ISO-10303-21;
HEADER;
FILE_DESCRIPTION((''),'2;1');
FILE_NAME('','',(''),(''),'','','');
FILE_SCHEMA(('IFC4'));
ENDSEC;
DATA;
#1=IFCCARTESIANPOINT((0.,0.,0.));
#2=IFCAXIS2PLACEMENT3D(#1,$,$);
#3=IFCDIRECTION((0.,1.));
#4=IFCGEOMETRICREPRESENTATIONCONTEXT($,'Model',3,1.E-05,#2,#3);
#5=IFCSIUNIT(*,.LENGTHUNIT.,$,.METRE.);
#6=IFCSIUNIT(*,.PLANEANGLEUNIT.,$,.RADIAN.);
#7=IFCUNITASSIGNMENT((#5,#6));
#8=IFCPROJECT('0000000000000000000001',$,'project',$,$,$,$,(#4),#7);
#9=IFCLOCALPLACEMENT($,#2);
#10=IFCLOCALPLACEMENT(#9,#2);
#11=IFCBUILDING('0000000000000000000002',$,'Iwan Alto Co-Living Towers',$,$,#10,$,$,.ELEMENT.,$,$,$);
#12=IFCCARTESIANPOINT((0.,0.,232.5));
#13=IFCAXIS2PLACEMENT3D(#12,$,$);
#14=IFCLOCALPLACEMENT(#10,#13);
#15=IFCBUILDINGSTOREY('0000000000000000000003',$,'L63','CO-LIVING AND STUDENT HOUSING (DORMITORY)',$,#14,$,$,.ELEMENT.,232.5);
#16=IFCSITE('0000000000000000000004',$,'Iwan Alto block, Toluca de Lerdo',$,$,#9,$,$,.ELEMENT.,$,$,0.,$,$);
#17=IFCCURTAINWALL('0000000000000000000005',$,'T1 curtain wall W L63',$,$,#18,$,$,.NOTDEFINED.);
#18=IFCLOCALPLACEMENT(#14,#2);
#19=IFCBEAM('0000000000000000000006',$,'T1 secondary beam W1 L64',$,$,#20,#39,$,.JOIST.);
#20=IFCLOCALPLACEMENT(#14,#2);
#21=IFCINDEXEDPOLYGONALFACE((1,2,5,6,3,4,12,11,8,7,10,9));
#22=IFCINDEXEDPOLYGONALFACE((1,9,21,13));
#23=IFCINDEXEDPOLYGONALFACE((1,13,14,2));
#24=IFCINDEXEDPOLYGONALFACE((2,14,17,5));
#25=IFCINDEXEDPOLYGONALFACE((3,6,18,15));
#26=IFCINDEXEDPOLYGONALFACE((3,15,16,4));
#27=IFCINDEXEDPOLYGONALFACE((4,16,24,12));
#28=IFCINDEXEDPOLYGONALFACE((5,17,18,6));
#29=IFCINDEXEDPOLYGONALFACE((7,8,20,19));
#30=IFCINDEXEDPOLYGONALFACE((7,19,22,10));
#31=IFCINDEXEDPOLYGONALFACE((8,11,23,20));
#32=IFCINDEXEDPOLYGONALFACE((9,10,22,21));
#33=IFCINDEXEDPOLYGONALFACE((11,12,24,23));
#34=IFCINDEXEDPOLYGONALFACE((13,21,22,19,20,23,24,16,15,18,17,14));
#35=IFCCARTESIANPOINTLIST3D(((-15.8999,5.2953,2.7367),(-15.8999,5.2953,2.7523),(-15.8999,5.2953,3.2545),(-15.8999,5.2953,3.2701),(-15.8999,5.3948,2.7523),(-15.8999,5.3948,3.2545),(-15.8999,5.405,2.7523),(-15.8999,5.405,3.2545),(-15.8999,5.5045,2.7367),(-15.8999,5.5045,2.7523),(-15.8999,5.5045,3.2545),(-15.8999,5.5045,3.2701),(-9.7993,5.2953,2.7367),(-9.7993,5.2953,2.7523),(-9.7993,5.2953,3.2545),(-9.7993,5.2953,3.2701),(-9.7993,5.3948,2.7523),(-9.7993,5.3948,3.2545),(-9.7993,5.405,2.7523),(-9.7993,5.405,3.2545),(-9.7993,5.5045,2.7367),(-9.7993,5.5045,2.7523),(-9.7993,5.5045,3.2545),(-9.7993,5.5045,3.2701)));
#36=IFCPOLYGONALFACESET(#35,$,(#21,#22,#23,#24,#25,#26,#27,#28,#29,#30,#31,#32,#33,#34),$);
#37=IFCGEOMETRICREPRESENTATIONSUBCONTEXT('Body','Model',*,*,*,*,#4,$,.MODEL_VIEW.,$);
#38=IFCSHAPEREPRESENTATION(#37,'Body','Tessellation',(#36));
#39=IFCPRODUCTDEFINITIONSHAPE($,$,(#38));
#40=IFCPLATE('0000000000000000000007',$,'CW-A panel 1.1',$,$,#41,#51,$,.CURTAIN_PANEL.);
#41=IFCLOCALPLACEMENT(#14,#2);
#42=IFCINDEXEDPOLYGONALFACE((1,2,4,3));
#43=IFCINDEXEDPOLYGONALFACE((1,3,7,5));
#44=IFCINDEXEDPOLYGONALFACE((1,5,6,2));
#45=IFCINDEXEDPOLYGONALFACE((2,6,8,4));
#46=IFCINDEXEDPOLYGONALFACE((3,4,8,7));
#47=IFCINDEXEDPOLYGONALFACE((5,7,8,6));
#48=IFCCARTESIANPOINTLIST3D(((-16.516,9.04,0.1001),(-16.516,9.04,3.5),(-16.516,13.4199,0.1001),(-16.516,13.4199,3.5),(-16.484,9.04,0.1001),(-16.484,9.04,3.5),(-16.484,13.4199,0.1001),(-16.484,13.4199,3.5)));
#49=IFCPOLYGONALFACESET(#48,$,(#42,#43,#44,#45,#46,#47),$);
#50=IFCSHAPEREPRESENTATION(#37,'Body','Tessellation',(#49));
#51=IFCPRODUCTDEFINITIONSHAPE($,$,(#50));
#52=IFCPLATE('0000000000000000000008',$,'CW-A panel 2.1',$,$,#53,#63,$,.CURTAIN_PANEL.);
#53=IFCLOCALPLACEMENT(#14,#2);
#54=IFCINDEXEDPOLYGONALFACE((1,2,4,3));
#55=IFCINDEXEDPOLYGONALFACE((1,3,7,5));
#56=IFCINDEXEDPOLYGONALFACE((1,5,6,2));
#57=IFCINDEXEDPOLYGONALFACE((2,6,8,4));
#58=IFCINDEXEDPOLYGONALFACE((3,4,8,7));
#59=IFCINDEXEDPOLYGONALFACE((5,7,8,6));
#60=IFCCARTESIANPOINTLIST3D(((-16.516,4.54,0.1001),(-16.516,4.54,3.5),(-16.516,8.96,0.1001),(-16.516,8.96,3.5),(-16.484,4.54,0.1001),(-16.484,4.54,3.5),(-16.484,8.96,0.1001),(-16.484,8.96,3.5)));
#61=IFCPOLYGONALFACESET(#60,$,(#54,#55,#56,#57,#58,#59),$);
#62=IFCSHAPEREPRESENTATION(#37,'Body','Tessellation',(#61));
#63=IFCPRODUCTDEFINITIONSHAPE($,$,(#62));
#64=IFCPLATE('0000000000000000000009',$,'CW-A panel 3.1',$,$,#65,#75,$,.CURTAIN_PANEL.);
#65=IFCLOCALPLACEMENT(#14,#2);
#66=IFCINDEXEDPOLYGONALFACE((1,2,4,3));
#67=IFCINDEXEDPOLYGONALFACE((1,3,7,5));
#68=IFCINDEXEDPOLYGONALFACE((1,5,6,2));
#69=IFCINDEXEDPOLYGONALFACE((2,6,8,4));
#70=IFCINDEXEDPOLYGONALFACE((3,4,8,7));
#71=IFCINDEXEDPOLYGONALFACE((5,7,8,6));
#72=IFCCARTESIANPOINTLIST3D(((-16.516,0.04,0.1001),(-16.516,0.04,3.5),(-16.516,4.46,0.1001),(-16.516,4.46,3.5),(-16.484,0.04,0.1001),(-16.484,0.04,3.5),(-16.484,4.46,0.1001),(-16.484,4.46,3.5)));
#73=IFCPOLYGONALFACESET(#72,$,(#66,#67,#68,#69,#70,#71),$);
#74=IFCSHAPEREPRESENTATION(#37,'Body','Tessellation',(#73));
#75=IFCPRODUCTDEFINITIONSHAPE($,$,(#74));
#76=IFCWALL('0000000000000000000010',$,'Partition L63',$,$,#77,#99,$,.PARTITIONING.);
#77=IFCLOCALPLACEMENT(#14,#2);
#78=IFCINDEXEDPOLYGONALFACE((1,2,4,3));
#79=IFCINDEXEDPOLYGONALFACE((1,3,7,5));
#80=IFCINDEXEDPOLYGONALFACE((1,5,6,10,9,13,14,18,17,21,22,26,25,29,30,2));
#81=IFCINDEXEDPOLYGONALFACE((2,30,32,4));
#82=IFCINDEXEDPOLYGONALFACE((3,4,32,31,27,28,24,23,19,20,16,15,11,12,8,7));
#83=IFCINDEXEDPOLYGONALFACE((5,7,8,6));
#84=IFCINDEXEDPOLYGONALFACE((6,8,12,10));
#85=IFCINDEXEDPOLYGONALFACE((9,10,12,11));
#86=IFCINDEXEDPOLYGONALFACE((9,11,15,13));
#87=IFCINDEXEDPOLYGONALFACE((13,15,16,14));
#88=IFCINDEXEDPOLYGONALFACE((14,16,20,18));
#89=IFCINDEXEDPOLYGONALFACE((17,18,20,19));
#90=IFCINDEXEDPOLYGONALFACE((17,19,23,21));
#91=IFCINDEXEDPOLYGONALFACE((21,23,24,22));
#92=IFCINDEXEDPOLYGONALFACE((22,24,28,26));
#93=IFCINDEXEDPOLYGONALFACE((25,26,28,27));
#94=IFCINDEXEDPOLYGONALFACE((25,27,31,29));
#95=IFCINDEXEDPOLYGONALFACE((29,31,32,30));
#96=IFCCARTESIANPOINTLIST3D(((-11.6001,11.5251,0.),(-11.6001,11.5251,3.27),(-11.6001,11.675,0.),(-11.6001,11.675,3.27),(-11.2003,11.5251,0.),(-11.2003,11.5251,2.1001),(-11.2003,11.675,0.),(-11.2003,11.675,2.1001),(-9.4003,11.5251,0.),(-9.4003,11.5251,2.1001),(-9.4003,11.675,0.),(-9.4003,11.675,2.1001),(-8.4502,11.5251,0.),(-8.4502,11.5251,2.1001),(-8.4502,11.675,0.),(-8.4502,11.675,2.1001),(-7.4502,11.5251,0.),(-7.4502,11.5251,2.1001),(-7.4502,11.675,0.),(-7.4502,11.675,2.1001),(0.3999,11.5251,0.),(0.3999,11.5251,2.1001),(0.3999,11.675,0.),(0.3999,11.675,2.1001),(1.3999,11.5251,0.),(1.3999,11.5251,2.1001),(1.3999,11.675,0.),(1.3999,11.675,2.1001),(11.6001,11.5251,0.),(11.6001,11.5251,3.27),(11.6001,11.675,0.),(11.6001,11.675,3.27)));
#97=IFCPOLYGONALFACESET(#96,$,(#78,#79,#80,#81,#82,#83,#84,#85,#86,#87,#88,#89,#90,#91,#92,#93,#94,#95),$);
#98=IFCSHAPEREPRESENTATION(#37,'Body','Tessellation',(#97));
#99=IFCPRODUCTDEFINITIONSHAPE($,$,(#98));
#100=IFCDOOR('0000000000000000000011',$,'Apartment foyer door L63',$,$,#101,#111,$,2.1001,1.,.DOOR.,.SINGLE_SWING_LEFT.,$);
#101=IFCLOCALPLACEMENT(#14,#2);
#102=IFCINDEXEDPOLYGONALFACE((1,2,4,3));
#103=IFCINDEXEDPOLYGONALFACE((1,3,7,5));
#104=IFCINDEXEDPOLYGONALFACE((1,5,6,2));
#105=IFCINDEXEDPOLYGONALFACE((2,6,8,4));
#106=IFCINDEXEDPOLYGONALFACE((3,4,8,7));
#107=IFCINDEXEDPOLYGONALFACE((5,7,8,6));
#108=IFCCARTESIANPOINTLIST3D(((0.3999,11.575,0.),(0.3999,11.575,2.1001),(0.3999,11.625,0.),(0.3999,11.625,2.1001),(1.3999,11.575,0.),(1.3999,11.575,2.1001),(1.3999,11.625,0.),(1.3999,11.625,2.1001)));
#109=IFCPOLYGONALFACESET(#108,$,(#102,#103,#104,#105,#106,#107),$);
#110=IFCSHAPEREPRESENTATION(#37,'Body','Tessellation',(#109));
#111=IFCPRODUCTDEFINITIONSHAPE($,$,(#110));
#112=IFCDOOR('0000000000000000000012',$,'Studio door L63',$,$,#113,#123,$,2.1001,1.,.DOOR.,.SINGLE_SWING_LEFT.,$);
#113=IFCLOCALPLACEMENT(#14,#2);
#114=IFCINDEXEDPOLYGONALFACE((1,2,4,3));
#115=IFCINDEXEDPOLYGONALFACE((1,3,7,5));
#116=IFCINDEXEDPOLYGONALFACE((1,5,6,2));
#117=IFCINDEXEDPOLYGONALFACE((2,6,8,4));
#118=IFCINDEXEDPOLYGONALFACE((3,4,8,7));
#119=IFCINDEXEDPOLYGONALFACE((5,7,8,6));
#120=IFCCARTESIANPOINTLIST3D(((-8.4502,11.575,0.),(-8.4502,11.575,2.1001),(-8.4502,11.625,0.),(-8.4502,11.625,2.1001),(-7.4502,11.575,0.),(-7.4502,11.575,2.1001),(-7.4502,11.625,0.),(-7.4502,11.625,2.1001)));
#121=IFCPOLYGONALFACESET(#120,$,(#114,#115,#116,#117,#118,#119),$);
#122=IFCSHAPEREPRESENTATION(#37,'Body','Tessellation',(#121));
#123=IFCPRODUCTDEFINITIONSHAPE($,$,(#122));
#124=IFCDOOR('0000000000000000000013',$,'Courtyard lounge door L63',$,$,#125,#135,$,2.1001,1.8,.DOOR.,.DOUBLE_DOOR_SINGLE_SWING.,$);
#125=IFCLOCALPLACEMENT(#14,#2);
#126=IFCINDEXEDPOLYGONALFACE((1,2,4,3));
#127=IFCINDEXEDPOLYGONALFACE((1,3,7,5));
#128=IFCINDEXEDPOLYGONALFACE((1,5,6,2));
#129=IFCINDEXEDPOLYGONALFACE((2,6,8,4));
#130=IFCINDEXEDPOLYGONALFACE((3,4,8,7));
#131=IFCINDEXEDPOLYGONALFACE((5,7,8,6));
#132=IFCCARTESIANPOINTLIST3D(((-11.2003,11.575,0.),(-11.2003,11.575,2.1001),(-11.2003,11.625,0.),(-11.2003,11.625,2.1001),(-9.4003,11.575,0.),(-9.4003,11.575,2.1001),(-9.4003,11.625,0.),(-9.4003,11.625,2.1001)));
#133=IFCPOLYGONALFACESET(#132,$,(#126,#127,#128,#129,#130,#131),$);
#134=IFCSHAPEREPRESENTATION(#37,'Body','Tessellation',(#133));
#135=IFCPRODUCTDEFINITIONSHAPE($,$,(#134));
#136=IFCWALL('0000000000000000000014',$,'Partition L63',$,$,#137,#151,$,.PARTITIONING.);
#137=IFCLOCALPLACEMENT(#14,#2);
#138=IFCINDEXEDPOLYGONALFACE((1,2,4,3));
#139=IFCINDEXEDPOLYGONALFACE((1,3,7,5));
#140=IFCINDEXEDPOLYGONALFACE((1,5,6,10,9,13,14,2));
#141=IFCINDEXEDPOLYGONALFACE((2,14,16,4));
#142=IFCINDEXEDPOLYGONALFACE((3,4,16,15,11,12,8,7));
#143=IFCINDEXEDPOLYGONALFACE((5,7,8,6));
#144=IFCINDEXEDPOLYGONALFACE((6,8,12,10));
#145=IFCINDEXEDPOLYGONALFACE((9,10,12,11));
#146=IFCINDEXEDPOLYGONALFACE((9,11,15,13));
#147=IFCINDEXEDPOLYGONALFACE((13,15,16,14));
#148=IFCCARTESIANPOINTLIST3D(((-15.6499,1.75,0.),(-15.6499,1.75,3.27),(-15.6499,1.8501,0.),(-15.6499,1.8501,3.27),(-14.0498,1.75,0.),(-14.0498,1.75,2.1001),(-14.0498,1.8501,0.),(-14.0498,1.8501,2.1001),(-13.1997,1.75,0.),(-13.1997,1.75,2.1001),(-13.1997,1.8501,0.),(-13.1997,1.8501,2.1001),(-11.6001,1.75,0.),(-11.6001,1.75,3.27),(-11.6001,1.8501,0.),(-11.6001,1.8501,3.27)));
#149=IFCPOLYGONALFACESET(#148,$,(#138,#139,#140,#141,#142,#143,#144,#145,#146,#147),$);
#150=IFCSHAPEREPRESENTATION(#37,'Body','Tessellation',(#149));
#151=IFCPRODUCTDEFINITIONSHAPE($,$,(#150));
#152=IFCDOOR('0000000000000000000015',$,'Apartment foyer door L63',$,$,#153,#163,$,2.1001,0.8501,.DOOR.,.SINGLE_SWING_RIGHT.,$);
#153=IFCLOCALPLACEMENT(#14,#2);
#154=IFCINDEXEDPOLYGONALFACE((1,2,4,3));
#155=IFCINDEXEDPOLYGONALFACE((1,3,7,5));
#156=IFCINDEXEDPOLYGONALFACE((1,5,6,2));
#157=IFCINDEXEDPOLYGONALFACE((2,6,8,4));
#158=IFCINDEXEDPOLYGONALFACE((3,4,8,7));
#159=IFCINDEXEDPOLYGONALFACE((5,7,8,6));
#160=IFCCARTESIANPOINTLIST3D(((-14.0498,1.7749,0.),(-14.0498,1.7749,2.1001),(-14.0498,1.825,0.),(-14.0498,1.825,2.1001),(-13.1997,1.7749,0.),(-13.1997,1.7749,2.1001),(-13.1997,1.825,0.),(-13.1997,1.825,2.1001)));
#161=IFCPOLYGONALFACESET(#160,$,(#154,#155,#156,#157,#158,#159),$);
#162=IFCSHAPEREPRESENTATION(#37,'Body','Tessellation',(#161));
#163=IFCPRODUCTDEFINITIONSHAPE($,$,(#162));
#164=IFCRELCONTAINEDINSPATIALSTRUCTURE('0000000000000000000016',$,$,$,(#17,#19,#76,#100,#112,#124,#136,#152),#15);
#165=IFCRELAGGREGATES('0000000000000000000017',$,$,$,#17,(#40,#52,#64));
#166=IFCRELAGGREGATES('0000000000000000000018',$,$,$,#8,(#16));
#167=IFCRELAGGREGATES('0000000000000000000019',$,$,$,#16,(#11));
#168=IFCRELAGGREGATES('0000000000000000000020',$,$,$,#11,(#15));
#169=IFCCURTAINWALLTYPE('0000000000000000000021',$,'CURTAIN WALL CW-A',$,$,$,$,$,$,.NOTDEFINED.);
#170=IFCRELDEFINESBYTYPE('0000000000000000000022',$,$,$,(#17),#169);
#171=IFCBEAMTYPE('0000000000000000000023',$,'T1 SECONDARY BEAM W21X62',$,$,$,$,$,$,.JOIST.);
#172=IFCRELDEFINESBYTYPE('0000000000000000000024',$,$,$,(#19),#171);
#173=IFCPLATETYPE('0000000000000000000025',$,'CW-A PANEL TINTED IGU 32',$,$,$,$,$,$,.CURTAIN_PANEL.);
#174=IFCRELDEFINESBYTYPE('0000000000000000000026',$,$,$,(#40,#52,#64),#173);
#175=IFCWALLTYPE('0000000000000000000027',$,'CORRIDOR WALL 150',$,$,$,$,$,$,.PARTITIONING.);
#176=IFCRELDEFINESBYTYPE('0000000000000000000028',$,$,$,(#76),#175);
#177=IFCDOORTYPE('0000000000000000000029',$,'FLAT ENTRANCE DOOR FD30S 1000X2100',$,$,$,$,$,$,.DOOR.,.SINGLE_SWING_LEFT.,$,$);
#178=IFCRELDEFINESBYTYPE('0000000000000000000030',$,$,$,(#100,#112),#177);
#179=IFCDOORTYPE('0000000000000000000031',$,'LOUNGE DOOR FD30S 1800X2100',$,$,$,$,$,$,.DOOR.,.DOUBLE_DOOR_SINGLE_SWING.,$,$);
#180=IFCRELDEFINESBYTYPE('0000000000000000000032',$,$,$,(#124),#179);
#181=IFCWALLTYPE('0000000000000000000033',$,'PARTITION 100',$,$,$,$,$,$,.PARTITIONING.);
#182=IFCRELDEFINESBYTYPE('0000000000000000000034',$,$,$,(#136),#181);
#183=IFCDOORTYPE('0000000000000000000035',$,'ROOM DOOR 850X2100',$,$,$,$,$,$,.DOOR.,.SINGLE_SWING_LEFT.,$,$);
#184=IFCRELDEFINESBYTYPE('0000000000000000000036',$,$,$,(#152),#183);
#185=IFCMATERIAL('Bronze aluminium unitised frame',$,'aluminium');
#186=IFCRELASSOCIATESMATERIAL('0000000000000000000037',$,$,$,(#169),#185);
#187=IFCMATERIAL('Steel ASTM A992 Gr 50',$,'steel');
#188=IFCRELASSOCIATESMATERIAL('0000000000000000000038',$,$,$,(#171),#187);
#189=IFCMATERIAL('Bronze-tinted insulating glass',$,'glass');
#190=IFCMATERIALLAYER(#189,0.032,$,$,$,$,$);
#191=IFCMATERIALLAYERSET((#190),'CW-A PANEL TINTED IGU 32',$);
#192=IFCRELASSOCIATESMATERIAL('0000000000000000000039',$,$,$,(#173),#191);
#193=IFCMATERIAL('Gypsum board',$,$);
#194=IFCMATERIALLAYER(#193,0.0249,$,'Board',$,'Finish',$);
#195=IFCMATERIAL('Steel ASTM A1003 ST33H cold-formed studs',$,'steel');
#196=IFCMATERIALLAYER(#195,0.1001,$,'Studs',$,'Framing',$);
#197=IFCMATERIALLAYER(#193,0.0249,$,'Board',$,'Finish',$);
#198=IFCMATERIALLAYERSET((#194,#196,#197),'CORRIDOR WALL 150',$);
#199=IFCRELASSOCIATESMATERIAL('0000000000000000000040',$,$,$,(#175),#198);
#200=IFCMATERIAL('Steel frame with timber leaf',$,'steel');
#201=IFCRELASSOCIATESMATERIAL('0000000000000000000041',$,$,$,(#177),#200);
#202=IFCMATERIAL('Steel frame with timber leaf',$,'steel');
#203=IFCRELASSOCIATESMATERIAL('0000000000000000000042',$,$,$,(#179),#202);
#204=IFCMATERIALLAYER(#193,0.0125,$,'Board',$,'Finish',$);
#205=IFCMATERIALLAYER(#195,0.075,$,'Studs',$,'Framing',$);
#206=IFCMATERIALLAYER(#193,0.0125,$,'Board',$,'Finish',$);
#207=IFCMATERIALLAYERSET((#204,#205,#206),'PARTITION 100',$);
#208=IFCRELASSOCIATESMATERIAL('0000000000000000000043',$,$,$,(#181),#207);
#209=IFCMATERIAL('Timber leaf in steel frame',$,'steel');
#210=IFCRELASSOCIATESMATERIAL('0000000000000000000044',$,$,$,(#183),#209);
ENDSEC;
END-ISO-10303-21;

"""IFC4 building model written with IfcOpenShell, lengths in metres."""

from ifc_helpers import new_model, si_unit, direction, frame, frame_2d, origin, origin_2d, place, context, subcontext, project, spatial, rectangle, i_section, extrude, material, layer, layer_set, material_profile, profile_set, type_object, element, fill, aggregate, save


model = new_model("IFC4")

# Units and contexts
model_context = context("Model", 3, precision=1e-05, world=origin(), true_north=direction((0.0, 1.0)))
body_context = subcontext(model_context, "Body", "Model", "MODEL_VIEW")
ifc_project = project(units=[si_unit("LENGTHUNIT", "METRE"), si_unit("PLANEANGLEUNIT", "RADIAN")], contexts=[model_context])

# Site, building, storey
site_placement = place(None, origin())
site = spatial("IfcSite", under=ifc_project, at=site_placement, Name="Iwan Alto block, Toluca de Lerdo", CompositionType="ELEMENT", RefElevation=0.0)
building_placement = place(site_placement, origin())
building = spatial("IfcBuilding", under=site, at=building_placement, Name="Iwan Alto Co-Living Towers", CompositionType="ELEMENT")
storey_placement = place(building_placement, frame((0.0, 0.0, 232.5)))
storey = spatial("IfcBuildingStorey", under=building, at=storey_placement, Name="L63", Description="CO-LIVING AND STUDENT HOUSING (DORMITORY)", CompositionType="ELEMENT", Elevation=232.5)

# Curtain wall
ifc_material_1 = material(Name="Bronze aluminium unitised frame", Category="aluminium")
curtain_wall_type = type_object("IfcCurtainWallType", Name="CURTAIN WALL CW-A", PredefinedType="NOTDEFINED", material=ifc_material_1)
curtain_wall_placement = place(storey_placement, origin())
curtain_wall = element("IfcCurtainWall", 1, at=curtain_wall_placement, inside=storey, type_object=curtain_wall_type, Name="T1 curtain wall W L63", PredefinedType="NOTDEFINED")

# Beam
ifc_material_2 = material(Name="Steel ASTM A992 Gr 50", Category="steel")
ifc_material_profile_1 = material_profile(ifc_material_2, i_section(OverallWidth=0.2092, OverallDepth=0.5334, WebThickness=0.0103, FlangeThickness=0.0156, at=origin_2d()), Name="W21X62")
ifc_profile_set_1 = profile_set([ifc_material_profile_1], Name="Steel ASTM A992 Gr 50")
beam_type_1 = type_object("IfcBeamType", Name="T1 SECONDARY BEAM W21X62", PredefinedType="JOIST", material=ifc_profile_set_1)
beam_1_placement = place(storey_placement, frame((-15.8999, 5.3999, 3.0034), z_axis=(1.0, 0.0, 0.0), x_axis=(0.0, 1.0, 0.0)))
element("IfcBeam", 2, at=beam_1_placement, inside=storey, type_object=beam_type_1, Name="T1 secondary beam W1 L64", PredefinedType="JOIST", context=body_context, shape_type="SweptSolid", body=[
    extrude(i_section(OverallWidth=0.2092, OverallDepth=0.5334, WebThickness=0.0103, FlangeThickness=0.0156, at=origin_2d()), origin(), (0.0, 0.0, 1.0), 6.1006),
])

# Plates
ifc_material_3 = material(Name="Bronze-tinted insulating glass", Category="glass")
ifc_layer_1 = layer(ifc_material_3, 0.032)
ifc_layer_set_1 = layer_set([ifc_layer_1], Name="CW-A PANEL TINTED IGU 32")
plate_type = type_object("IfcPlateType", Name="CW-A PANEL TINTED IGU 32", PredefinedType="CURTAIN_PANEL", material=ifc_layer_set_1)
plate_1_placement = place(storey_placement, frame((-16.5, 11.23, 0.1001), z_axis=(0.0, 0.0, 1.0), x_axis=(0.0, -1.0, 0.0)))
plate_1 = element("IfcPlate", 3, at=plate_1_placement, type_object=plate_type, Name="CW-A panel 1.1", PredefinedType="CURTAIN_PANEL", context=body_context, shape_type="SweptSolid", body=[
    extrude(rectangle(XDim=4.3799, YDim=0.032, at=origin_2d()), origin(), (0.0, 0.0, 1.0), 3.3999),
])
plate_2_placement = place(storey_placement, frame((-16.5, 6.75, 0.1001), z_axis=(0.0, 0.0, 1.0), x_axis=(0.0, -1.0, 0.0)))
plate_2 = element("IfcPlate", 4, at=plate_2_placement, type_object=plate_type, Name="CW-A panel 2.1", PredefinedType="CURTAIN_PANEL", context=body_context, shape_type="SweptSolid", body=[
    extrude(rectangle(XDim=4.4199, YDim=0.032, at=origin_2d()), origin(), (0.0, 0.0, 1.0), 3.3999),
])
plate_3_placement = place(storey_placement, frame((-16.5, 2.25, 0.1001), z_axis=(0.0, 0.0, 1.0), x_axis=(0.0, -1.0, 0.0)))
plate_3 = element("IfcPlate", 5, at=plate_3_placement, type_object=plate_type, Name="CW-A panel 3.1", PredefinedType="CURTAIN_PANEL", context=body_context, shape_type="SweptSolid", body=[
    extrude(rectangle(XDim=4.4199, YDim=0.032, at=origin_2d()), origin(), (0.0, 0.0, 1.0), 3.3999),
])
aggregate(curtain_wall, [plate_1, plate_2, plate_3])

# Wall, openings, doors
ifc_material_4 = material(Name="Gypsum board")
ifc_layer_2 = layer(ifc_material_4, 0.0249, Name="Board", Category="Finish")
ifc_material_5 = material(Name="Steel ASTM A1003 ST33H cold-formed studs", Category="steel")
ifc_layer_3 = layer(ifc_material_5, 0.1001, Name="Studs", Category="Framing")
ifc_layer_4 = layer(ifc_material_4, 0.0249, Name="Board", Category="Finish")
ifc_layer_set_2 = layer_set([ifc_layer_2, ifc_layer_3, ifc_layer_4], Name="CORRIDOR WALL 150")
wall_type_1 = type_object("IfcWallType", Name="CORRIDOR WALL 150", PredefinedType="PARTITIONING", material=ifc_layer_set_2)
wall_1_placement = place(storey_placement, frame((-11.6001, 11.6001, 0.0), z_axis=(0.0, 0.0, 1.0), x_axis=(1.0, 0.0, 0.0)))
wall_1 = element("IfcWall", 6, at=wall_1_placement, inside=storey, type_object=wall_type_1, Name="Partition L63", PredefinedType="PARTITIONING", context=body_context, shape_type="SweptSolid", body=[
    extrude(rectangle(XDim=23.2002, YDim=0.1499, at=frame_2d((11.6001, 0.0))), origin(), (0.0, 0.0, 1.0), 3.27),
])
opening_1_placement = place(wall_1_placement, frame((12.0, 0.0, 0.0)))
opening_1 = element("IfcOpeningElement", 7, at=opening_1_placement, cuts=wall_1, PredefinedType="OPENING", context=body_context, shape_type="SweptSolid", body=[
    extrude(rectangle(XDim=1.0, YDim=2.1001, at=frame_2d((0.5, 1.05))), frame((0.0, 0.085, 0.0), z_axis=(0.0, -1.0, 0.0), x_axis=(1.0, 0.0, 0.0)), (0.0, 0.0, 1.0), 0.1699),
])
opening_2_placement = place(wall_1_placement, frame((3.1499, 0.0, 0.0)))
opening_2 = element("IfcOpeningElement", 8, at=opening_2_placement, cuts=wall_1, PredefinedType="OPENING", context=body_context, shape_type="SweptSolid", body=[
    extrude(rectangle(XDim=1.0, YDim=2.1001, at=frame_2d((0.5, 1.05))), frame((0.0, 0.085, 0.0), z_axis=(0.0, -1.0, 0.0), x_axis=(1.0, 0.0, 0.0)), (0.0, 0.0, 1.0), 0.1699),
])
opening_3_placement = place(wall_1_placement, frame((0.3999, 0.0, 0.0)))
opening_3 = element("IfcOpeningElement", 9, at=opening_3_placement, cuts=wall_1, PredefinedType="OPENING", context=body_context, shape_type="SweptSolid", body=[
    extrude(rectangle(XDim=1.8, YDim=2.1001, at=frame_2d((0.8999, 1.05))), frame((0.0, 0.085, 0.0), z_axis=(0.0, -1.0, 0.0), x_axis=(1.0, 0.0, 0.0)), (0.0, 0.0, 1.0), 0.1699),
])
ifc_material_6 = material(Name="Steel frame with timber leaf", Category="steel")
door_type_1 = type_object("IfcDoorType", Name="FLAT ENTRANCE DOOR FD30S 1000X2100", OperationType="SINGLE_SWING_LEFT", PredefinedType="DOOR", material=ifc_material_6)
door_1_placement = place(opening_1_placement, origin())
door_1 = element("IfcDoor", 10, at=door_1_placement, inside=storey, type_object=door_type_1, Name="Apartment foyer door L63", OperationType="SINGLE_SWING_LEFT", OverallHeight=2.1001, OverallWidth=1.0, PredefinedType="DOOR", context=body_context, shape_type="SweptSolid", body=[
    extrude(rectangle(XDim=1.0, YDim=2.1001, at=frame_2d((0.5, 1.05))), frame((0.0, 0.0249, 0.0), z_axis=(0.0, -1.0, 0.0), x_axis=(1.0, 0.0, 0.0)), (0.0, 0.0, 1.0), 0.05),
])
fill(opening_1, door_1)
door_2_placement = place(opening_2_placement, origin())
door_2 = element("IfcDoor", 11, at=door_2_placement, inside=storey, type_object=door_type_1, Name="Studio door L63", OperationType="SINGLE_SWING_LEFT", OverallHeight=2.1001, OverallWidth=1.0, PredefinedType="DOOR", context=body_context, shape_type="SweptSolid", body=[
    extrude(rectangle(XDim=1.0, YDim=2.1001, at=frame_2d((0.5, 1.05))), frame((0.0, 0.0249, 0.0), z_axis=(0.0, -1.0, 0.0), x_axis=(1.0, 0.0, 0.0)), (0.0, 0.0, 1.0), 0.05),
])
fill(opening_2, door_2)
ifc_material_7 = material(Name="Steel frame with timber leaf", Category="steel")
door_type_2 = type_object("IfcDoorType", Name="LOUNGE DOOR FD30S 1800X2100", OperationType="DOUBLE_DOOR_SINGLE_SWING", PredefinedType="DOOR", material=ifc_material_7)
door_3_placement = place(opening_3_placement, origin())
door_3 = element("IfcDoor", 12, at=door_3_placement, inside=storey, type_object=door_type_2, Name="Courtyard lounge door L63", OperationType="DOUBLE_DOOR_SINGLE_SWING", OverallHeight=2.1001, OverallWidth=1.8, PredefinedType="DOOR", context=body_context, shape_type="SweptSolid", body=[
    extrude(rectangle(XDim=1.8, YDim=2.1001, at=frame_2d((0.8999, 1.05))), frame((0.0, 0.0249, 0.0), z_axis=(0.0, -1.0, 0.0), x_axis=(1.0, 0.0, 0.0)), (0.0, 0.0, 1.0), 0.05),
])
fill(opening_3, door_3)

# Wall, opening, door
ifc_layer_5 = layer(ifc_material_4, 0.0125, Name="Board", Category="Finish")
ifc_layer_6 = layer(ifc_material_5, 0.075, Name="Studs", Category="Framing")
ifc_layer_7 = layer(ifc_material_4, 0.0125, Name="Board", Category="Finish")
ifc_layer_set_3 = layer_set([ifc_layer_5, ifc_layer_6, ifc_layer_7], Name="PARTITION 100")
wall_type_2 = type_object("IfcWallType", Name="PARTITION 100", PredefinedType="PARTITIONING", material=ifc_layer_set_3)
wall_2_placement = place(storey_placement, frame((-15.6499, 1.8, 0.0), z_axis=(0.0, 0.0, 1.0), x_axis=(1.0, 0.0, 0.0)))
wall_2 = element("IfcWall", 13, at=wall_2_placement, inside=storey, type_object=wall_type_2, Name="Partition L63", PredefinedType="PARTITIONING", context=body_context, shape_type="SweptSolid", body=[
    extrude(rectangle(XDim=4.0498, YDim=0.1001, at=frame_2d((2.0249, 0.0))), origin(), (0.0, 0.0, 1.0), 3.27),
])
opening_4_placement = place(wall_2_placement, frame((1.6001, 0.0, 0.0)))
opening_4 = element("IfcOpeningElement", 14, at=opening_4_placement, cuts=wall_2, PredefinedType="OPENING", context=body_context, shape_type="SweptSolid", body=[
    extrude(rectangle(XDim=0.8501, YDim=2.1001, at=frame_2d((0.425, 1.05))), frame((0.0, 0.0601, 0.0), z_axis=(0.0, -1.0, 0.0), x_axis=(1.0, 0.0, 0.0)), (0.0, 0.0, 1.0), 0.1201),
])
ifc_material_8 = material(Name="Timber leaf in steel frame", Category="steel")
door_type_3 = type_object("IfcDoorType", Name="ROOM DOOR 850X2100", OperationType="SINGLE_SWING_LEFT", PredefinedType="DOOR", material=ifc_material_8)
door_4_placement = place(opening_4_placement, origin())
door_4 = element("IfcDoor", 15, at=door_4_placement, inside=storey, type_object=door_type_3, Name="Apartment foyer door L63", OperationType="SINGLE_SWING_RIGHT", OverallHeight=2.1001, OverallWidth=0.8501, PredefinedType="DOOR", context=body_context, shape_type="SweptSolid", body=[
    extrude(rectangle(XDim=0.8501, YDim=2.1001, at=frame_2d((0.425, 1.05))), frame((0.0, 0.0249, 0.0), z_axis=(0.0, -1.0, 0.0), x_axis=(1.0, 0.0, 0.0)), (0.0, 0.0, 1.0), 0.05),
])
fill(opening_4, door_4)

save(model, "model.ifc")
